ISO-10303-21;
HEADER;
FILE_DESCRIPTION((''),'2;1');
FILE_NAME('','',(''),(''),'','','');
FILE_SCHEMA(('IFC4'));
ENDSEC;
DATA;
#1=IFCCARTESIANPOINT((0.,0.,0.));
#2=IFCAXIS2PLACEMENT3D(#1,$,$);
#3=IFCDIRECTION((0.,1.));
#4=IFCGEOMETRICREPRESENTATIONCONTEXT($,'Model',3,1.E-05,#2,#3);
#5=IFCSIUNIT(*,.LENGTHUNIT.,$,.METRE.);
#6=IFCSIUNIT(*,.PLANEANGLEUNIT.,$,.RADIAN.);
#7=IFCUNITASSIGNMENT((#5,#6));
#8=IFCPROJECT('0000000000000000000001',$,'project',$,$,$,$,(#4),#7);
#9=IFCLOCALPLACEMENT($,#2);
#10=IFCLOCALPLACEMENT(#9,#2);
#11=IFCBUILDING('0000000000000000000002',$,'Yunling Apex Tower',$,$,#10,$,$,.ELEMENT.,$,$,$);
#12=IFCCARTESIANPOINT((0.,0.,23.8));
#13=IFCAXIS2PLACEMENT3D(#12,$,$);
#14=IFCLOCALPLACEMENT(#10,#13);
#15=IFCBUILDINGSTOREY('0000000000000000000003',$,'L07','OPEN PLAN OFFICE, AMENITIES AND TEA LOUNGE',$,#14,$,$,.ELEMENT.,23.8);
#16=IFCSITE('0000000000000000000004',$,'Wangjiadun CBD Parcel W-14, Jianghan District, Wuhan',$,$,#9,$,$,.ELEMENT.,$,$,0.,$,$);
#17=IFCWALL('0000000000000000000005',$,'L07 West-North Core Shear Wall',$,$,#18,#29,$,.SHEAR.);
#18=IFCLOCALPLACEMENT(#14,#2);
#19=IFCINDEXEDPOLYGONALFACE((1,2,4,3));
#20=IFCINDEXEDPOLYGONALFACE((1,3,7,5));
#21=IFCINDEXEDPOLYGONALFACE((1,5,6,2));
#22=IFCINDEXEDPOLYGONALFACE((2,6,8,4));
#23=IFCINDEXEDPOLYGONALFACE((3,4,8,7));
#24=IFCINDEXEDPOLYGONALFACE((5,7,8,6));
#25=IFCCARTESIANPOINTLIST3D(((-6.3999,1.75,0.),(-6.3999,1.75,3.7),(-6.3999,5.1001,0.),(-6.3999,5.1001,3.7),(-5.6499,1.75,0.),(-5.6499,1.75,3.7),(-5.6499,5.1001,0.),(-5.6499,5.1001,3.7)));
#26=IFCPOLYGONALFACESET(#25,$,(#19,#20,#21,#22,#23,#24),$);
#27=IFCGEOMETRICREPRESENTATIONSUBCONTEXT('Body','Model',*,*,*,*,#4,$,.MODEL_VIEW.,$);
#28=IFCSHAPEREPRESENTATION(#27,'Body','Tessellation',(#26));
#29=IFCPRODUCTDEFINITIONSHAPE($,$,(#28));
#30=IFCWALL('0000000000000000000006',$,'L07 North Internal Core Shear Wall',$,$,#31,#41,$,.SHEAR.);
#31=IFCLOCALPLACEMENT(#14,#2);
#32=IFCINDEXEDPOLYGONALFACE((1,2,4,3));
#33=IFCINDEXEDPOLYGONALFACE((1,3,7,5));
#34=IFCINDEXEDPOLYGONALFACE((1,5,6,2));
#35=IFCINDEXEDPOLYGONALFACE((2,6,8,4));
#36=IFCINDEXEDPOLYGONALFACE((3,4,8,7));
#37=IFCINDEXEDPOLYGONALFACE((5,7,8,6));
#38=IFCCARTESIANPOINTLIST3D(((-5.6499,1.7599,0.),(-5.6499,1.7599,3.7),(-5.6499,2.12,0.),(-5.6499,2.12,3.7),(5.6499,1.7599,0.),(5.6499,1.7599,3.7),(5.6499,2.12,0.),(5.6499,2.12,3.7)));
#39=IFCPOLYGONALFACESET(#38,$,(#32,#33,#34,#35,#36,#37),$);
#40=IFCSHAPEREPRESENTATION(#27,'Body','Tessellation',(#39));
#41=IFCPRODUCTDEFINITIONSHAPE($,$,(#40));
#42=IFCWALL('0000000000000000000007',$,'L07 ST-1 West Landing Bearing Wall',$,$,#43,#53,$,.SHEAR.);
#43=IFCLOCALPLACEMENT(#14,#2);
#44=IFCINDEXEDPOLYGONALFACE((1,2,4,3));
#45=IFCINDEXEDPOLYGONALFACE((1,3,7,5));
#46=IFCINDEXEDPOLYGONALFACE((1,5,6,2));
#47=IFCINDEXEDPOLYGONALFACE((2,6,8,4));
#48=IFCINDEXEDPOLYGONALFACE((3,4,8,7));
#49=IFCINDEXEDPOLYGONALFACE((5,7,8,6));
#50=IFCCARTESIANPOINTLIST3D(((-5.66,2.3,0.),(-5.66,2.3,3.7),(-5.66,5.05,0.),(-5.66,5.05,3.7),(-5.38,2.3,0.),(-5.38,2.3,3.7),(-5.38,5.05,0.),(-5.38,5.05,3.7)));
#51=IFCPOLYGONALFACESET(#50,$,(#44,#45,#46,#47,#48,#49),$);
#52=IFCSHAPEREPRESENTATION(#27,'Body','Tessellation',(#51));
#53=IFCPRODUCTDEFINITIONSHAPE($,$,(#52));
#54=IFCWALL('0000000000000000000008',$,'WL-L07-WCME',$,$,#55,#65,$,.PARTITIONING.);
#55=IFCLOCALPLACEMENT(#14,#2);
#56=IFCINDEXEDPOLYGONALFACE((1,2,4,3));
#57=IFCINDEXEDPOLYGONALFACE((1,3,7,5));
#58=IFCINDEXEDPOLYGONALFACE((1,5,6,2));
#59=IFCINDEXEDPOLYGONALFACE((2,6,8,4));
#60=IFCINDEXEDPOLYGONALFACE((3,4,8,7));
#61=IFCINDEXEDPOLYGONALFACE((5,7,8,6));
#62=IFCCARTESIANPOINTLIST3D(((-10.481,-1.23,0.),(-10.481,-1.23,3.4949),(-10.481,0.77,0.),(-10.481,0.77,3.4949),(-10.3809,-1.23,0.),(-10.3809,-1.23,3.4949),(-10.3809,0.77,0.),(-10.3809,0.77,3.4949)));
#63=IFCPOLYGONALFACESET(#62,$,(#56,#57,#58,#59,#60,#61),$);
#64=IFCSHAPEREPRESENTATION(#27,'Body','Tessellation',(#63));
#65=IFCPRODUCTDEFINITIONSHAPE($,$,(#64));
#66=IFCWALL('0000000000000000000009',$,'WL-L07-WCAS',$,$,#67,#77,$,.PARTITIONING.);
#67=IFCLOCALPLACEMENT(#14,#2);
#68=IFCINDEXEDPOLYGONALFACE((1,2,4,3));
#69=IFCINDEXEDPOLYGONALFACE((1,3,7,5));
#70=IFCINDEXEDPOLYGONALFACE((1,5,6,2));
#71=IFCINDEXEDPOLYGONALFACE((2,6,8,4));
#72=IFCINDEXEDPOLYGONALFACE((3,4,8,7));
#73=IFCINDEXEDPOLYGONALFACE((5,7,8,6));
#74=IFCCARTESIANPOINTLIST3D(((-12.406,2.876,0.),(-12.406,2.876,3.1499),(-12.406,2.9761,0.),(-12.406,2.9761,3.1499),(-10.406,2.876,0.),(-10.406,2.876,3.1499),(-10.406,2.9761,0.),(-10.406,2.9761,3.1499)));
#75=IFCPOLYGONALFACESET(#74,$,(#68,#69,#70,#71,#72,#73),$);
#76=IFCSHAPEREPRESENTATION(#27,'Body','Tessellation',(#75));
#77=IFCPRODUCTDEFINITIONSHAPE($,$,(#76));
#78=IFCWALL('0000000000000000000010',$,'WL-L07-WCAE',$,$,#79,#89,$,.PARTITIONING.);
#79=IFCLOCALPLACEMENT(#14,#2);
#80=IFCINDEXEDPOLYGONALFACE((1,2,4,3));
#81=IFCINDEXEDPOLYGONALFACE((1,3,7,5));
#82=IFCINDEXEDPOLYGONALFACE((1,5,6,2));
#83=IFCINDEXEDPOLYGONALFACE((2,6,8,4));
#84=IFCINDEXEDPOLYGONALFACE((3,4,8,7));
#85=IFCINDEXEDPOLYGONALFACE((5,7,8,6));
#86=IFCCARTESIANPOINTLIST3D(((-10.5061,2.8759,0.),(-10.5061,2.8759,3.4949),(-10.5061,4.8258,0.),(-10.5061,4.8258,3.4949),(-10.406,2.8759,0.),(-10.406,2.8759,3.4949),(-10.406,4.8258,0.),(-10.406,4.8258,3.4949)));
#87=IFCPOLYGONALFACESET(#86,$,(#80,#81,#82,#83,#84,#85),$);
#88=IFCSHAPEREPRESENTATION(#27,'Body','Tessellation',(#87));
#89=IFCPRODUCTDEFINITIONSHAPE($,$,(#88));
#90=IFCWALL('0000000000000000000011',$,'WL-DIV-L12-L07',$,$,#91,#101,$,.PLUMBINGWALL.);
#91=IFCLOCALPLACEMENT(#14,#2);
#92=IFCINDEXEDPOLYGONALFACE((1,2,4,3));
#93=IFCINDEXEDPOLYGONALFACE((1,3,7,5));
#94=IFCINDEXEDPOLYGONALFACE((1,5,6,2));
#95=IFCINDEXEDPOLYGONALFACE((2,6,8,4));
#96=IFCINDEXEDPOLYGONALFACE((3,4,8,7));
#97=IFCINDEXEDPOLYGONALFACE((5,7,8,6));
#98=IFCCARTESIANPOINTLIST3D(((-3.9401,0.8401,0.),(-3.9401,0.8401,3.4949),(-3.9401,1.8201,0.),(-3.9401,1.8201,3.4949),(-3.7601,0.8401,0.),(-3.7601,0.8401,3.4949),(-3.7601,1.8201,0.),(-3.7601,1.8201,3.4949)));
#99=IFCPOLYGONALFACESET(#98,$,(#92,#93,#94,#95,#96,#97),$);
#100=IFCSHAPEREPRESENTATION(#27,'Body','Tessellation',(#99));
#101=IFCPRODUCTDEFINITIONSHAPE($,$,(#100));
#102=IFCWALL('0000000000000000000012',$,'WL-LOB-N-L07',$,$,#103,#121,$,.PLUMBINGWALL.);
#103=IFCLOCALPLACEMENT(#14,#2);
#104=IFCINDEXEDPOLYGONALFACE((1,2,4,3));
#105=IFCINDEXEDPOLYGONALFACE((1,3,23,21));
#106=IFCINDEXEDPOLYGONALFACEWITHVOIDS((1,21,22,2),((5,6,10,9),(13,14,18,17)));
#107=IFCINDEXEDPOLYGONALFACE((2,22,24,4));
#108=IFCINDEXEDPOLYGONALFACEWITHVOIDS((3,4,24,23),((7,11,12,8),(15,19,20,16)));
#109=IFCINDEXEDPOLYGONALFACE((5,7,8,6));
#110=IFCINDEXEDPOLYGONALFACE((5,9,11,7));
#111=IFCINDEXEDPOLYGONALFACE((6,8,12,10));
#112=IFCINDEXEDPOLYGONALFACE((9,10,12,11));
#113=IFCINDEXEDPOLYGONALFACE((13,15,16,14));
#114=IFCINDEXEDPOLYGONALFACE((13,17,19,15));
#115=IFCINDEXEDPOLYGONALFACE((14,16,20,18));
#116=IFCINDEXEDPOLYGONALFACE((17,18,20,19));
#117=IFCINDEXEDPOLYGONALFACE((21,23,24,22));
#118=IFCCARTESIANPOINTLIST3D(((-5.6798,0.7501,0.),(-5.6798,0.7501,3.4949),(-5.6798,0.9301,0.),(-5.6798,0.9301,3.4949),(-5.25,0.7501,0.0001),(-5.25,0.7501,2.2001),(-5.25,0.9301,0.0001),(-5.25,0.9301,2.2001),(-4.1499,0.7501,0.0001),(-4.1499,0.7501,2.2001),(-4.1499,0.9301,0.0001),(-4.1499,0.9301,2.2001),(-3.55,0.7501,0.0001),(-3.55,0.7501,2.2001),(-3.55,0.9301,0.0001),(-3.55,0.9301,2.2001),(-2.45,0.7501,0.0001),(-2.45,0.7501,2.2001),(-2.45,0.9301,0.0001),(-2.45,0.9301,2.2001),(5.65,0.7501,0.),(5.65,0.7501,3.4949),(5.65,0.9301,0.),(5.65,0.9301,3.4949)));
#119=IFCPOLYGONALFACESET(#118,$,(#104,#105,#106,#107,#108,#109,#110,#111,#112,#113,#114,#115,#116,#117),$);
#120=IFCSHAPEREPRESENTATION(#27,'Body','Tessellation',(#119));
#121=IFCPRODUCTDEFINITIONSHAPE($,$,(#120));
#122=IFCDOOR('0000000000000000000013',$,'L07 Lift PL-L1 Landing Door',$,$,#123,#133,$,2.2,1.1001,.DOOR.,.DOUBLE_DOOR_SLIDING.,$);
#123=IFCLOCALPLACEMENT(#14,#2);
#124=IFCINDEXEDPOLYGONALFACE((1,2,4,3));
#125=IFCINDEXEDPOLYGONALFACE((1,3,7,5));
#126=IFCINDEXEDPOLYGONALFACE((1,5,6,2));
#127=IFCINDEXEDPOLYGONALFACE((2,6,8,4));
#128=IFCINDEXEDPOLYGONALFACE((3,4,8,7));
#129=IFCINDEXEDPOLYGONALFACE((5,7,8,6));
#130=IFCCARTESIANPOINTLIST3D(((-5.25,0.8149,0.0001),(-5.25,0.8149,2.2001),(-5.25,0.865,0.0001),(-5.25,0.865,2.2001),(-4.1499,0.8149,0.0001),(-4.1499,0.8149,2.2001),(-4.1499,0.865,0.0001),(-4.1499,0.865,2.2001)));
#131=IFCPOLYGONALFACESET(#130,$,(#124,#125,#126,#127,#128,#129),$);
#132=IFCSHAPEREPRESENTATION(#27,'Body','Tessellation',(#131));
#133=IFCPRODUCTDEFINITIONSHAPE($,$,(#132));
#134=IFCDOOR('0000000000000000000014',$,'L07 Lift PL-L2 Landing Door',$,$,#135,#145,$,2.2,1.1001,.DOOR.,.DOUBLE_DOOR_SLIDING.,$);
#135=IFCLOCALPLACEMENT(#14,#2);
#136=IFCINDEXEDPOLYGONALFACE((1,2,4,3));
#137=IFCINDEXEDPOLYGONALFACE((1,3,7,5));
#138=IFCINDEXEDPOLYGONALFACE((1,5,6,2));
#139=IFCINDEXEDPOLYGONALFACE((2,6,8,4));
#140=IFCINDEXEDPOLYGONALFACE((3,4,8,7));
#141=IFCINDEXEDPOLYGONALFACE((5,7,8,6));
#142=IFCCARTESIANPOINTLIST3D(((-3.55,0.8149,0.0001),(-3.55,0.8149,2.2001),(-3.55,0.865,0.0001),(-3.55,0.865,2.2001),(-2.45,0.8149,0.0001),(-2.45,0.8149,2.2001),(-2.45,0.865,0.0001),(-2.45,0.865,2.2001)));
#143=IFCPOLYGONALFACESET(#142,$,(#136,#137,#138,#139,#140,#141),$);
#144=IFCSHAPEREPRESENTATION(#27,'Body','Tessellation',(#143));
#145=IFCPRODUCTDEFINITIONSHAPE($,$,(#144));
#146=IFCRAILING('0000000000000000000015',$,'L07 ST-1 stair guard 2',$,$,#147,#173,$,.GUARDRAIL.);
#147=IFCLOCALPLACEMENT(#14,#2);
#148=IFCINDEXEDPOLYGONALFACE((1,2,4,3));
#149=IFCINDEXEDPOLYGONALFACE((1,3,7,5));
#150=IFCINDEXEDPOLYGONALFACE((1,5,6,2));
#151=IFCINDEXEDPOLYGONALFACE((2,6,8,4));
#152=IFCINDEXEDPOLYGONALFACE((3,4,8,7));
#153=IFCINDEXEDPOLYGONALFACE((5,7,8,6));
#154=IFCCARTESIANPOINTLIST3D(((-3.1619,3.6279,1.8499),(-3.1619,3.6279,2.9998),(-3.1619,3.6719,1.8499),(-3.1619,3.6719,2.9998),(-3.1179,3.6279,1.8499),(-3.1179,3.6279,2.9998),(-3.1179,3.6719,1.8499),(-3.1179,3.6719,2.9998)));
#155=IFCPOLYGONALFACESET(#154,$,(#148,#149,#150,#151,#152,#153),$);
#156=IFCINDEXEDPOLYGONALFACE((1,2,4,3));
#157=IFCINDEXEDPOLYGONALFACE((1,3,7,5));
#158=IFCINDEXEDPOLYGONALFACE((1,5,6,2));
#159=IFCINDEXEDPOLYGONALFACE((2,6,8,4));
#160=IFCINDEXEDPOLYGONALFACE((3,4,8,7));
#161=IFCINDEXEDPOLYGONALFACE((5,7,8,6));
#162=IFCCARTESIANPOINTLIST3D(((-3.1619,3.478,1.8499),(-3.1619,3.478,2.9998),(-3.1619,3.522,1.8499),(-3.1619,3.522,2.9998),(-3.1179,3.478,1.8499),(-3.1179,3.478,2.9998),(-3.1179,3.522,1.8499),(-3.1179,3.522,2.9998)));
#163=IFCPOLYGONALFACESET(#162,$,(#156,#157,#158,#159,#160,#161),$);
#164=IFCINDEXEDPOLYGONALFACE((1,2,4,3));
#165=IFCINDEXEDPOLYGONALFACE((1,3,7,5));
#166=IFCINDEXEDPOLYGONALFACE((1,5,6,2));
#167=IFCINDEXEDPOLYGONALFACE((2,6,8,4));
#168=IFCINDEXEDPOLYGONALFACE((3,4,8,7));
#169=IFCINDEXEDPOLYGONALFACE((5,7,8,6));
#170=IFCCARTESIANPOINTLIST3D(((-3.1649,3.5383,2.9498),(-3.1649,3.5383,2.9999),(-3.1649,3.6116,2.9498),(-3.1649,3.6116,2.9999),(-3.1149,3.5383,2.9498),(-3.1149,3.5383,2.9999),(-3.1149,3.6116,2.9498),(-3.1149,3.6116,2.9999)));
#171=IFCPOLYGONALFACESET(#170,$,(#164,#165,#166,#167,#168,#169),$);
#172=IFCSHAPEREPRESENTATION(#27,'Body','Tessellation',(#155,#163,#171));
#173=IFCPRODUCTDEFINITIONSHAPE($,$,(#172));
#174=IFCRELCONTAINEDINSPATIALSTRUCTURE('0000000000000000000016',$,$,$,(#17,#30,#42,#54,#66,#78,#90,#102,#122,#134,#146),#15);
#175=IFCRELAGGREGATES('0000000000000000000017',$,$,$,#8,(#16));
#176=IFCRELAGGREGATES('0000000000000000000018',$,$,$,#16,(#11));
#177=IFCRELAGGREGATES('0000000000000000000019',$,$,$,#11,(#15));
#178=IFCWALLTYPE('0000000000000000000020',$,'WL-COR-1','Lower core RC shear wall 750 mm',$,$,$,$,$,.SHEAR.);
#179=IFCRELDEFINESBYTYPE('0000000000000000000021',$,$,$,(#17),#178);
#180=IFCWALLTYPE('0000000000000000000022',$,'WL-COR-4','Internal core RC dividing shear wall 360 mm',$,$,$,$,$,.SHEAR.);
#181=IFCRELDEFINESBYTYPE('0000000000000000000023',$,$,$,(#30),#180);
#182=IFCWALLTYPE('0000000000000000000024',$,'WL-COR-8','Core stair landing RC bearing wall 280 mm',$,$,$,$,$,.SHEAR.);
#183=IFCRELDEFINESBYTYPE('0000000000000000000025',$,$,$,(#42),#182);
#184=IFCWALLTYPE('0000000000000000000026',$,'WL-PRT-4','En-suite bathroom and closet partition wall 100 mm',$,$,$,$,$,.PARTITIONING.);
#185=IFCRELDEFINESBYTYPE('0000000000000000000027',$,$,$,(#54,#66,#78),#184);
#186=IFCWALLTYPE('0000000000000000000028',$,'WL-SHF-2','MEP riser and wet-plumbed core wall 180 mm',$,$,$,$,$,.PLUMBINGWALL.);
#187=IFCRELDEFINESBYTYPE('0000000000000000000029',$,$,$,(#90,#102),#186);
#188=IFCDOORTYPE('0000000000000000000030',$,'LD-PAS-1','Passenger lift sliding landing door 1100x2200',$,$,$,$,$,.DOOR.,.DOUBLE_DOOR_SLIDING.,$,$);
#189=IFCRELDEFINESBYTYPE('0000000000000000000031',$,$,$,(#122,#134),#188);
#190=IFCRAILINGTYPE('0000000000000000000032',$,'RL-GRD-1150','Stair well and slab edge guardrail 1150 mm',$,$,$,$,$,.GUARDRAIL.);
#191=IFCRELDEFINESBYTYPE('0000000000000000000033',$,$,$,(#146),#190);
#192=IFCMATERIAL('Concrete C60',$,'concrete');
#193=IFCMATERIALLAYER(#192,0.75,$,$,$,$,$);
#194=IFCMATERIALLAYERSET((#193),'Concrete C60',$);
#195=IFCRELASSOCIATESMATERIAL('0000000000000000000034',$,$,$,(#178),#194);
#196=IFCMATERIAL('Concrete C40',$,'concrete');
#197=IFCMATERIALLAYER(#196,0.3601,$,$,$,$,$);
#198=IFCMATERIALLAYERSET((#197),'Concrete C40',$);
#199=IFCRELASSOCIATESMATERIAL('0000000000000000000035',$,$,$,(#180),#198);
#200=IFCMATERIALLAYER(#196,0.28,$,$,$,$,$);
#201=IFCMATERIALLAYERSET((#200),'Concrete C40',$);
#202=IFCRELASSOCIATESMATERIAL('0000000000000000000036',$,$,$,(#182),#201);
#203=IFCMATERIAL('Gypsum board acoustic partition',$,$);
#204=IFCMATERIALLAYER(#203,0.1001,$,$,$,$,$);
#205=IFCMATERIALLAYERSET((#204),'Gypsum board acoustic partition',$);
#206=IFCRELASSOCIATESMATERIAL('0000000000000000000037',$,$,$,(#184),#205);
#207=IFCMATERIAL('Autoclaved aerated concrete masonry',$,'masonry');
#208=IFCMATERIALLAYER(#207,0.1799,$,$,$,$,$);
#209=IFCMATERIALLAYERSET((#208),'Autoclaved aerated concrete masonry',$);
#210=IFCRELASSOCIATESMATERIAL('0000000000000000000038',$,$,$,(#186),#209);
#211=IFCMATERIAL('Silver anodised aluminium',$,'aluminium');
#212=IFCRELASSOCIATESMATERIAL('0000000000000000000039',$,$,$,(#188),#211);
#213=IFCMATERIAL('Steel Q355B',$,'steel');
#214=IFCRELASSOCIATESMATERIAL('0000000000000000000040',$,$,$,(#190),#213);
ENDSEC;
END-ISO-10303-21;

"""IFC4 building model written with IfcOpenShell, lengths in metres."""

from ifc_helpers import new_model, si_unit, direction, frame, frame_2d, origin, origin_2d, place, context, subcontext, project, spatial, rectangle, extrude, material, layer, layer_set, type_object, element, fill, save


model = new_model("IFC4")

# Units and contexts
model_context = context("Model", 3, precision=1e-05, world=origin(), true_north=direction((0.0, 1.0)))
body_context = subcontext(model_context, "Body", "Model", "MODEL_VIEW")
ifc_project = project(units=[si_unit("LENGTHUNIT", "METRE"), si_unit("PLANEANGLEUNIT", "RADIAN")], contexts=[model_context])

# Site, building, storey
site_placement = place(None, origin())
site = spatial("IfcSite", under=ifc_project, at=site_placement, Name="Wangjiadun CBD Parcel W-14, Jianghan District, Wuhan", CompositionType="ELEMENT", RefElevation=0.0)
building_placement = place(site_placement, origin())
building = spatial("IfcBuilding", under=site, at=building_placement, Name="Yunling Apex Tower", CompositionType="ELEMENT")
storey_placement = place(building_placement, frame((0.0, 0.0, 23.8)))
storey = spatial("IfcBuildingStorey", under=building, at=storey_placement, Name="L07", Description="OPEN PLAN OFFICE, AMENITIES AND TEA LOUNGE", CompositionType="ELEMENT", Elevation=23.8)

# Shared definitions
ifc_material_1 = material(Name="Concrete C60", Category="concrete")

# Shared definitions
ifc_material_2 = material(Name="Steel Q355B", Category="steel")

# Shared definitions
ifc_layer_1 = layer(ifc_material_1, 0.75)
ifc_layer_set_1 = layer_set([ifc_layer_1], Name="Concrete C60")
wall_type_1 = type_object("IfcWallType", Name="WL-COR-1", Description="Lower core RC shear wall 750 mm", PredefinedType="SHEAR", material=ifc_layer_set_1)

# Walls
wall_1_placement = place(storey_placement, frame((-6.0249, 1.75, 0.0), z_axis=(0.0, 0.0, 1.0), x_axis=(0.0, 1.0, 0.0)))
element("IfcWall", 1, at=wall_1_placement, inside=storey, type_object=wall_type_1, Name="L07 West-North Core Shear Wall", PredefinedType="SHEAR", context=body_context, shape_type="SweptSolid", body=[
    extrude(rectangle(XDim=3.3501, YDim=0.75, at=frame_2d((1.675, 0.0))), origin(), (0.0, 0.0, 1.0), 3.7),
])
ifc_material_3 = material(Name="Concrete C40", Category="concrete")
ifc_layer_2 = layer(ifc_material_3, 0.3601)
ifc_layer_set_2 = layer_set([ifc_layer_2], Name="Concrete C40")
wall_type_2 = type_object("IfcWallType", Name="WL-COR-4", Description="Internal core RC dividing shear wall 360 mm", PredefinedType="SHEAR", material=ifc_layer_set_2)
wall_2_placement = place(storey_placement, frame((-5.6499, 1.9399, 0.0), z_axis=(0.0, 0.0, 1.0), x_axis=(1.0, 0.0, 0.0)))
element("IfcWall", 2, at=wall_2_placement, inside=storey, type_object=wall_type_2, Name="L07 North Internal Core Shear Wall", PredefinedType="SHEAR", context=body_context, shape_type="SweptSolid", body=[
    extrude(rectangle(XDim=11.2998, YDim=0.3601, at=frame_2d((5.6499, 0.0))), origin(), (0.0, 0.0, 1.0), 3.7),
])
ifc_layer_3 = layer(ifc_material_3, 0.28)
ifc_layer_set_3 = layer_set([ifc_layer_3], Name="Concrete C40")
wall_type_3 = type_object("IfcWallType", Name="WL-COR-8", Description="Core stair landing RC bearing wall 280 mm", PredefinedType="SHEAR", material=ifc_layer_set_3)
wall_3_placement = place(storey_placement, frame((-5.52, 2.3, 0.0), z_axis=(0.0, 0.0, 1.0), x_axis=(0.0, 1.0, 0.0)))
element("IfcWall", 3, at=wall_3_placement, inside=storey, type_object=wall_type_3, Name="L07 ST-1 West Landing Bearing Wall", PredefinedType="SHEAR", context=body_context, shape_type="SweptSolid", body=[
    extrude(rectangle(XDim=2.75, YDim=0.28, at=frame_2d((1.375, 0.0))), origin(), (0.0, 0.0, 1.0), 3.7),
])
ifc_material_4 = material(Name="Gypsum board acoustic partition")
ifc_layer_4 = layer(ifc_material_4, 0.1001)
ifc_layer_set_4 = layer_set([ifc_layer_4], Name="Gypsum board acoustic partition")
wall_type_4 = type_object("IfcWallType", Name="WL-PRT-4", Description="En-suite bathroom and closet partition wall 100 mm", PredefinedType="PARTITIONING", material=ifc_layer_set_4)
wall_4_placement = place(storey_placement, frame((-10.4309, 0.77, 0.0), z_axis=(0.0, 0.0, 1.0), x_axis=(0.0, -1.0, 0.0)))
element("IfcWall", 4, at=wall_4_placement, inside=storey, type_object=wall_type_4, Name="WL-L07-WCME", PredefinedType="PARTITIONING", context=body_context, shape_type="SweptSolid", body=[
    extrude(rectangle(XDim=2.0, YDim=0.1001, at=frame_2d((1.0, 0.0))), origin(), (0.0, 0.0, 1.0), 3.4949),
])
wall_5_placement = place(storey_placement, frame((-10.406, 2.926, 0.0), z_axis=(0.0, 0.0, 1.0), x_axis=(-1.0, 0.0, 0.0)))
element("IfcWall", 5, at=wall_5_placement, inside=storey, type_object=wall_type_4, Name="WL-L07-WCAS", PredefinedType="PARTITIONING", context=body_context, shape_type="SweptSolid", body=[
    extrude(rectangle(XDim=2.0, YDim=0.1001, at=frame_2d((1.0, 0.0))), origin(), (0.0, 0.0, 1.0), 3.1499),
])
wall_6_placement = place(storey_placement, frame((-10.4561, 4.8259, 0.0), z_axis=(0.0, 0.0, 1.0), x_axis=(0.0, -1.0, 0.0)))
element("IfcWall", 6, at=wall_6_placement, inside=storey, type_object=wall_type_4, Name="WL-L07-WCAE", PredefinedType="PARTITIONING", context=body_context, shape_type="SweptSolid", body=[
    extrude(rectangle(XDim=1.95, YDim=0.1001, at=frame_2d((0.9751, 0.0))), origin(), (0.0, 0.0, 1.0), 3.4949),
])
ifc_material_5 = material(Name="Autoclaved aerated concrete masonry", Category="masonry")
ifc_layer_5 = layer(ifc_material_5, 0.1799)
ifc_layer_set_5 = layer_set([ifc_layer_5], Name="Autoclaved aerated concrete masonry")
wall_type_5 = type_object("IfcWallType", Name="WL-SHF-2", Description="MEP riser and wet-plumbed core wall 180 mm", PredefinedType="PLUMBINGWALL", material=ifc_layer_set_5)
wall_7_placement = place(storey_placement, frame((-3.8501, 0.8401, 0.0), z_axis=(0.0, 0.0, 1.0), x_axis=(0.0, 1.0, 0.0)))
element("IfcWall", 7, at=wall_7_placement, inside=storey, type_object=wall_type_5, Name="WL-DIV-L12-L07", PredefinedType="PLUMBINGWALL", context=body_context, shape_type="SweptSolid", body=[
    extrude(rectangle(XDim=0.98, YDim=0.1799, at=frame_2d((0.49, 0.0))), origin(), (0.0, 0.0, 1.0), 3.4949),
])

# Wall, openings, doors
wall_8_placement = place(storey_placement, frame((-5.6799, 0.8401, 0.0), z_axis=(0.0, 0.0, 1.0), x_axis=(1.0, 0.0, 0.0)))
wall_8 = element("IfcWall", 8, at=wall_8_placement, inside=storey, type_object=wall_type_5, Name="WL-LOB-N-L07", PredefinedType="PLUMBINGWALL", context=body_context, shape_type="SweptSolid", body=[
    extrude(rectangle(XDim=11.3298, YDim=0.1799, at=frame_2d((5.665, 0.0))), origin(), (0.0, 0.0, 1.0), 3.4949),
])
opening_1_placement = place(wall_8_placement, frame((0.4299, 0.0, 0.0)))
opening_1 = element("IfcOpeningElement", 9, at=opening_1_placement, cuts=wall_8, PredefinedType="OPENING", context=body_context, shape_type="SweptSolid", body=[
    extrude(rectangle(XDim=1.1001, YDim=2.2, at=frame_2d((0.55, 1.1001))), frame((0.0, 0.1001, 0.0), z_axis=(0.0, -1.0, 0.0), x_axis=(1.0, 0.0, 0.0)), (0.0, 0.0, 1.0), 0.2),
])
opening_2_placement = place(wall_8_placement, frame((2.1299, 0.0, 0.0)))
opening_2 = element("IfcOpeningElement", 10, at=opening_2_placement, cuts=wall_8, PredefinedType="OPENING", context=body_context, shape_type="SweptSolid", body=[
    extrude(rectangle(XDim=1.1001, YDim=2.2, at=frame_2d((0.55, 1.1001))), frame((0.0, 0.1001, 0.0), z_axis=(0.0, -1.0, 0.0), x_axis=(1.0, 0.0, 0.0)), (0.0, 0.0, 1.0), 0.2),
])
ifc_material_6 = material(Name="Silver anodised aluminium", Category="aluminium")
door_type_1 = type_object("IfcDoorType", Name="LD-PAS-1", Description="Passenger lift sliding landing door 1100x2200", OperationType="DOUBLE_DOOR_SLIDING", PredefinedType="DOOR", material=ifc_material_6)
door_1_placement = place(opening_1_placement, origin())
door_1 = element("IfcDoor", 11, at=door_1_placement, inside=storey, type_object=door_type_1, Name="L07 Lift PL-L1 Landing Door", OperationType="DOUBLE_DOOR_SLIDING", OverallHeight=2.2, OverallWidth=1.1001, PredefinedType="DOOR", context=body_context, shape_type="SweptSolid", body=[
    extrude(rectangle(XDim=1.1001, YDim=2.2, at=frame_2d((0.55, 1.1001))), frame((0.0, 0.0249, 0.0), z_axis=(0.0, -1.0, 0.0), x_axis=(1.0, 0.0, 0.0)), (0.0, 0.0, 1.0), 0.05),
])
fill(opening_1, door_1)
door_2_placement = place(opening_2_placement, origin())
door_2 = element("IfcDoor", 12, at=door_2_placement, inside=storey, type_object=door_type_1, Name="L07 Lift PL-L2 Landing Door", OperationType="DOUBLE_DOOR_SLIDING", OverallHeight=2.2, OverallWidth=1.1001, PredefinedType="DOOR", context=body_context, shape_type="SweptSolid", body=[
    extrude(rectangle(XDim=1.1001, YDim=2.2, at=frame_2d((0.55, 1.1001))), frame((0.0, 0.0249, 0.0), z_axis=(0.0, -1.0, 0.0), x_axis=(1.0, 0.0, 0.0)), (0.0, 0.0, 1.0), 0.05),
])
fill(opening_2, door_2)

# Railing
railing_type_1 = type_object("IfcRailingType", Name="RL-GRD-1150", Description="Stair well and slab edge guardrail 1150 mm", PredefinedType="GUARDRAIL", material=ifc_material_2)
railing_1_placement = place(storey_placement, frame((-3.1399, 3.6499, 1.8499)))
element("IfcRailing", 13, at=railing_1_placement, inside=storey, type_object=railing_type_1, Name="L07 ST-1 stair guard 2", PredefinedType="GUARDRAIL", context=body_context, shape_type="SweptSolid", body=[
    extrude(rectangle(XDim=0.0439, YDim=0.0439, at=origin_2d()), origin(), (0.0, 0.0, 1.0), 1.1499),
    extrude(rectangle(XDim=0.0439, YDim=0.0439, at=origin_2d()), frame((0.0, -0.1499, 0.0)), (0.0, 0.0, 1.0), 1.1499),
    extrude(rectangle(XDim=0.05, YDim=0.05, at=origin_2d()), frame((0.0, -0.0383, 1.125), z_axis=(0.0, -1.0, 0.0), x_axis=(1.0, 0.0, 0.0)), (0.0, 0.0, 1.0), 0.0732),
])

save(model, "model.ifc")
